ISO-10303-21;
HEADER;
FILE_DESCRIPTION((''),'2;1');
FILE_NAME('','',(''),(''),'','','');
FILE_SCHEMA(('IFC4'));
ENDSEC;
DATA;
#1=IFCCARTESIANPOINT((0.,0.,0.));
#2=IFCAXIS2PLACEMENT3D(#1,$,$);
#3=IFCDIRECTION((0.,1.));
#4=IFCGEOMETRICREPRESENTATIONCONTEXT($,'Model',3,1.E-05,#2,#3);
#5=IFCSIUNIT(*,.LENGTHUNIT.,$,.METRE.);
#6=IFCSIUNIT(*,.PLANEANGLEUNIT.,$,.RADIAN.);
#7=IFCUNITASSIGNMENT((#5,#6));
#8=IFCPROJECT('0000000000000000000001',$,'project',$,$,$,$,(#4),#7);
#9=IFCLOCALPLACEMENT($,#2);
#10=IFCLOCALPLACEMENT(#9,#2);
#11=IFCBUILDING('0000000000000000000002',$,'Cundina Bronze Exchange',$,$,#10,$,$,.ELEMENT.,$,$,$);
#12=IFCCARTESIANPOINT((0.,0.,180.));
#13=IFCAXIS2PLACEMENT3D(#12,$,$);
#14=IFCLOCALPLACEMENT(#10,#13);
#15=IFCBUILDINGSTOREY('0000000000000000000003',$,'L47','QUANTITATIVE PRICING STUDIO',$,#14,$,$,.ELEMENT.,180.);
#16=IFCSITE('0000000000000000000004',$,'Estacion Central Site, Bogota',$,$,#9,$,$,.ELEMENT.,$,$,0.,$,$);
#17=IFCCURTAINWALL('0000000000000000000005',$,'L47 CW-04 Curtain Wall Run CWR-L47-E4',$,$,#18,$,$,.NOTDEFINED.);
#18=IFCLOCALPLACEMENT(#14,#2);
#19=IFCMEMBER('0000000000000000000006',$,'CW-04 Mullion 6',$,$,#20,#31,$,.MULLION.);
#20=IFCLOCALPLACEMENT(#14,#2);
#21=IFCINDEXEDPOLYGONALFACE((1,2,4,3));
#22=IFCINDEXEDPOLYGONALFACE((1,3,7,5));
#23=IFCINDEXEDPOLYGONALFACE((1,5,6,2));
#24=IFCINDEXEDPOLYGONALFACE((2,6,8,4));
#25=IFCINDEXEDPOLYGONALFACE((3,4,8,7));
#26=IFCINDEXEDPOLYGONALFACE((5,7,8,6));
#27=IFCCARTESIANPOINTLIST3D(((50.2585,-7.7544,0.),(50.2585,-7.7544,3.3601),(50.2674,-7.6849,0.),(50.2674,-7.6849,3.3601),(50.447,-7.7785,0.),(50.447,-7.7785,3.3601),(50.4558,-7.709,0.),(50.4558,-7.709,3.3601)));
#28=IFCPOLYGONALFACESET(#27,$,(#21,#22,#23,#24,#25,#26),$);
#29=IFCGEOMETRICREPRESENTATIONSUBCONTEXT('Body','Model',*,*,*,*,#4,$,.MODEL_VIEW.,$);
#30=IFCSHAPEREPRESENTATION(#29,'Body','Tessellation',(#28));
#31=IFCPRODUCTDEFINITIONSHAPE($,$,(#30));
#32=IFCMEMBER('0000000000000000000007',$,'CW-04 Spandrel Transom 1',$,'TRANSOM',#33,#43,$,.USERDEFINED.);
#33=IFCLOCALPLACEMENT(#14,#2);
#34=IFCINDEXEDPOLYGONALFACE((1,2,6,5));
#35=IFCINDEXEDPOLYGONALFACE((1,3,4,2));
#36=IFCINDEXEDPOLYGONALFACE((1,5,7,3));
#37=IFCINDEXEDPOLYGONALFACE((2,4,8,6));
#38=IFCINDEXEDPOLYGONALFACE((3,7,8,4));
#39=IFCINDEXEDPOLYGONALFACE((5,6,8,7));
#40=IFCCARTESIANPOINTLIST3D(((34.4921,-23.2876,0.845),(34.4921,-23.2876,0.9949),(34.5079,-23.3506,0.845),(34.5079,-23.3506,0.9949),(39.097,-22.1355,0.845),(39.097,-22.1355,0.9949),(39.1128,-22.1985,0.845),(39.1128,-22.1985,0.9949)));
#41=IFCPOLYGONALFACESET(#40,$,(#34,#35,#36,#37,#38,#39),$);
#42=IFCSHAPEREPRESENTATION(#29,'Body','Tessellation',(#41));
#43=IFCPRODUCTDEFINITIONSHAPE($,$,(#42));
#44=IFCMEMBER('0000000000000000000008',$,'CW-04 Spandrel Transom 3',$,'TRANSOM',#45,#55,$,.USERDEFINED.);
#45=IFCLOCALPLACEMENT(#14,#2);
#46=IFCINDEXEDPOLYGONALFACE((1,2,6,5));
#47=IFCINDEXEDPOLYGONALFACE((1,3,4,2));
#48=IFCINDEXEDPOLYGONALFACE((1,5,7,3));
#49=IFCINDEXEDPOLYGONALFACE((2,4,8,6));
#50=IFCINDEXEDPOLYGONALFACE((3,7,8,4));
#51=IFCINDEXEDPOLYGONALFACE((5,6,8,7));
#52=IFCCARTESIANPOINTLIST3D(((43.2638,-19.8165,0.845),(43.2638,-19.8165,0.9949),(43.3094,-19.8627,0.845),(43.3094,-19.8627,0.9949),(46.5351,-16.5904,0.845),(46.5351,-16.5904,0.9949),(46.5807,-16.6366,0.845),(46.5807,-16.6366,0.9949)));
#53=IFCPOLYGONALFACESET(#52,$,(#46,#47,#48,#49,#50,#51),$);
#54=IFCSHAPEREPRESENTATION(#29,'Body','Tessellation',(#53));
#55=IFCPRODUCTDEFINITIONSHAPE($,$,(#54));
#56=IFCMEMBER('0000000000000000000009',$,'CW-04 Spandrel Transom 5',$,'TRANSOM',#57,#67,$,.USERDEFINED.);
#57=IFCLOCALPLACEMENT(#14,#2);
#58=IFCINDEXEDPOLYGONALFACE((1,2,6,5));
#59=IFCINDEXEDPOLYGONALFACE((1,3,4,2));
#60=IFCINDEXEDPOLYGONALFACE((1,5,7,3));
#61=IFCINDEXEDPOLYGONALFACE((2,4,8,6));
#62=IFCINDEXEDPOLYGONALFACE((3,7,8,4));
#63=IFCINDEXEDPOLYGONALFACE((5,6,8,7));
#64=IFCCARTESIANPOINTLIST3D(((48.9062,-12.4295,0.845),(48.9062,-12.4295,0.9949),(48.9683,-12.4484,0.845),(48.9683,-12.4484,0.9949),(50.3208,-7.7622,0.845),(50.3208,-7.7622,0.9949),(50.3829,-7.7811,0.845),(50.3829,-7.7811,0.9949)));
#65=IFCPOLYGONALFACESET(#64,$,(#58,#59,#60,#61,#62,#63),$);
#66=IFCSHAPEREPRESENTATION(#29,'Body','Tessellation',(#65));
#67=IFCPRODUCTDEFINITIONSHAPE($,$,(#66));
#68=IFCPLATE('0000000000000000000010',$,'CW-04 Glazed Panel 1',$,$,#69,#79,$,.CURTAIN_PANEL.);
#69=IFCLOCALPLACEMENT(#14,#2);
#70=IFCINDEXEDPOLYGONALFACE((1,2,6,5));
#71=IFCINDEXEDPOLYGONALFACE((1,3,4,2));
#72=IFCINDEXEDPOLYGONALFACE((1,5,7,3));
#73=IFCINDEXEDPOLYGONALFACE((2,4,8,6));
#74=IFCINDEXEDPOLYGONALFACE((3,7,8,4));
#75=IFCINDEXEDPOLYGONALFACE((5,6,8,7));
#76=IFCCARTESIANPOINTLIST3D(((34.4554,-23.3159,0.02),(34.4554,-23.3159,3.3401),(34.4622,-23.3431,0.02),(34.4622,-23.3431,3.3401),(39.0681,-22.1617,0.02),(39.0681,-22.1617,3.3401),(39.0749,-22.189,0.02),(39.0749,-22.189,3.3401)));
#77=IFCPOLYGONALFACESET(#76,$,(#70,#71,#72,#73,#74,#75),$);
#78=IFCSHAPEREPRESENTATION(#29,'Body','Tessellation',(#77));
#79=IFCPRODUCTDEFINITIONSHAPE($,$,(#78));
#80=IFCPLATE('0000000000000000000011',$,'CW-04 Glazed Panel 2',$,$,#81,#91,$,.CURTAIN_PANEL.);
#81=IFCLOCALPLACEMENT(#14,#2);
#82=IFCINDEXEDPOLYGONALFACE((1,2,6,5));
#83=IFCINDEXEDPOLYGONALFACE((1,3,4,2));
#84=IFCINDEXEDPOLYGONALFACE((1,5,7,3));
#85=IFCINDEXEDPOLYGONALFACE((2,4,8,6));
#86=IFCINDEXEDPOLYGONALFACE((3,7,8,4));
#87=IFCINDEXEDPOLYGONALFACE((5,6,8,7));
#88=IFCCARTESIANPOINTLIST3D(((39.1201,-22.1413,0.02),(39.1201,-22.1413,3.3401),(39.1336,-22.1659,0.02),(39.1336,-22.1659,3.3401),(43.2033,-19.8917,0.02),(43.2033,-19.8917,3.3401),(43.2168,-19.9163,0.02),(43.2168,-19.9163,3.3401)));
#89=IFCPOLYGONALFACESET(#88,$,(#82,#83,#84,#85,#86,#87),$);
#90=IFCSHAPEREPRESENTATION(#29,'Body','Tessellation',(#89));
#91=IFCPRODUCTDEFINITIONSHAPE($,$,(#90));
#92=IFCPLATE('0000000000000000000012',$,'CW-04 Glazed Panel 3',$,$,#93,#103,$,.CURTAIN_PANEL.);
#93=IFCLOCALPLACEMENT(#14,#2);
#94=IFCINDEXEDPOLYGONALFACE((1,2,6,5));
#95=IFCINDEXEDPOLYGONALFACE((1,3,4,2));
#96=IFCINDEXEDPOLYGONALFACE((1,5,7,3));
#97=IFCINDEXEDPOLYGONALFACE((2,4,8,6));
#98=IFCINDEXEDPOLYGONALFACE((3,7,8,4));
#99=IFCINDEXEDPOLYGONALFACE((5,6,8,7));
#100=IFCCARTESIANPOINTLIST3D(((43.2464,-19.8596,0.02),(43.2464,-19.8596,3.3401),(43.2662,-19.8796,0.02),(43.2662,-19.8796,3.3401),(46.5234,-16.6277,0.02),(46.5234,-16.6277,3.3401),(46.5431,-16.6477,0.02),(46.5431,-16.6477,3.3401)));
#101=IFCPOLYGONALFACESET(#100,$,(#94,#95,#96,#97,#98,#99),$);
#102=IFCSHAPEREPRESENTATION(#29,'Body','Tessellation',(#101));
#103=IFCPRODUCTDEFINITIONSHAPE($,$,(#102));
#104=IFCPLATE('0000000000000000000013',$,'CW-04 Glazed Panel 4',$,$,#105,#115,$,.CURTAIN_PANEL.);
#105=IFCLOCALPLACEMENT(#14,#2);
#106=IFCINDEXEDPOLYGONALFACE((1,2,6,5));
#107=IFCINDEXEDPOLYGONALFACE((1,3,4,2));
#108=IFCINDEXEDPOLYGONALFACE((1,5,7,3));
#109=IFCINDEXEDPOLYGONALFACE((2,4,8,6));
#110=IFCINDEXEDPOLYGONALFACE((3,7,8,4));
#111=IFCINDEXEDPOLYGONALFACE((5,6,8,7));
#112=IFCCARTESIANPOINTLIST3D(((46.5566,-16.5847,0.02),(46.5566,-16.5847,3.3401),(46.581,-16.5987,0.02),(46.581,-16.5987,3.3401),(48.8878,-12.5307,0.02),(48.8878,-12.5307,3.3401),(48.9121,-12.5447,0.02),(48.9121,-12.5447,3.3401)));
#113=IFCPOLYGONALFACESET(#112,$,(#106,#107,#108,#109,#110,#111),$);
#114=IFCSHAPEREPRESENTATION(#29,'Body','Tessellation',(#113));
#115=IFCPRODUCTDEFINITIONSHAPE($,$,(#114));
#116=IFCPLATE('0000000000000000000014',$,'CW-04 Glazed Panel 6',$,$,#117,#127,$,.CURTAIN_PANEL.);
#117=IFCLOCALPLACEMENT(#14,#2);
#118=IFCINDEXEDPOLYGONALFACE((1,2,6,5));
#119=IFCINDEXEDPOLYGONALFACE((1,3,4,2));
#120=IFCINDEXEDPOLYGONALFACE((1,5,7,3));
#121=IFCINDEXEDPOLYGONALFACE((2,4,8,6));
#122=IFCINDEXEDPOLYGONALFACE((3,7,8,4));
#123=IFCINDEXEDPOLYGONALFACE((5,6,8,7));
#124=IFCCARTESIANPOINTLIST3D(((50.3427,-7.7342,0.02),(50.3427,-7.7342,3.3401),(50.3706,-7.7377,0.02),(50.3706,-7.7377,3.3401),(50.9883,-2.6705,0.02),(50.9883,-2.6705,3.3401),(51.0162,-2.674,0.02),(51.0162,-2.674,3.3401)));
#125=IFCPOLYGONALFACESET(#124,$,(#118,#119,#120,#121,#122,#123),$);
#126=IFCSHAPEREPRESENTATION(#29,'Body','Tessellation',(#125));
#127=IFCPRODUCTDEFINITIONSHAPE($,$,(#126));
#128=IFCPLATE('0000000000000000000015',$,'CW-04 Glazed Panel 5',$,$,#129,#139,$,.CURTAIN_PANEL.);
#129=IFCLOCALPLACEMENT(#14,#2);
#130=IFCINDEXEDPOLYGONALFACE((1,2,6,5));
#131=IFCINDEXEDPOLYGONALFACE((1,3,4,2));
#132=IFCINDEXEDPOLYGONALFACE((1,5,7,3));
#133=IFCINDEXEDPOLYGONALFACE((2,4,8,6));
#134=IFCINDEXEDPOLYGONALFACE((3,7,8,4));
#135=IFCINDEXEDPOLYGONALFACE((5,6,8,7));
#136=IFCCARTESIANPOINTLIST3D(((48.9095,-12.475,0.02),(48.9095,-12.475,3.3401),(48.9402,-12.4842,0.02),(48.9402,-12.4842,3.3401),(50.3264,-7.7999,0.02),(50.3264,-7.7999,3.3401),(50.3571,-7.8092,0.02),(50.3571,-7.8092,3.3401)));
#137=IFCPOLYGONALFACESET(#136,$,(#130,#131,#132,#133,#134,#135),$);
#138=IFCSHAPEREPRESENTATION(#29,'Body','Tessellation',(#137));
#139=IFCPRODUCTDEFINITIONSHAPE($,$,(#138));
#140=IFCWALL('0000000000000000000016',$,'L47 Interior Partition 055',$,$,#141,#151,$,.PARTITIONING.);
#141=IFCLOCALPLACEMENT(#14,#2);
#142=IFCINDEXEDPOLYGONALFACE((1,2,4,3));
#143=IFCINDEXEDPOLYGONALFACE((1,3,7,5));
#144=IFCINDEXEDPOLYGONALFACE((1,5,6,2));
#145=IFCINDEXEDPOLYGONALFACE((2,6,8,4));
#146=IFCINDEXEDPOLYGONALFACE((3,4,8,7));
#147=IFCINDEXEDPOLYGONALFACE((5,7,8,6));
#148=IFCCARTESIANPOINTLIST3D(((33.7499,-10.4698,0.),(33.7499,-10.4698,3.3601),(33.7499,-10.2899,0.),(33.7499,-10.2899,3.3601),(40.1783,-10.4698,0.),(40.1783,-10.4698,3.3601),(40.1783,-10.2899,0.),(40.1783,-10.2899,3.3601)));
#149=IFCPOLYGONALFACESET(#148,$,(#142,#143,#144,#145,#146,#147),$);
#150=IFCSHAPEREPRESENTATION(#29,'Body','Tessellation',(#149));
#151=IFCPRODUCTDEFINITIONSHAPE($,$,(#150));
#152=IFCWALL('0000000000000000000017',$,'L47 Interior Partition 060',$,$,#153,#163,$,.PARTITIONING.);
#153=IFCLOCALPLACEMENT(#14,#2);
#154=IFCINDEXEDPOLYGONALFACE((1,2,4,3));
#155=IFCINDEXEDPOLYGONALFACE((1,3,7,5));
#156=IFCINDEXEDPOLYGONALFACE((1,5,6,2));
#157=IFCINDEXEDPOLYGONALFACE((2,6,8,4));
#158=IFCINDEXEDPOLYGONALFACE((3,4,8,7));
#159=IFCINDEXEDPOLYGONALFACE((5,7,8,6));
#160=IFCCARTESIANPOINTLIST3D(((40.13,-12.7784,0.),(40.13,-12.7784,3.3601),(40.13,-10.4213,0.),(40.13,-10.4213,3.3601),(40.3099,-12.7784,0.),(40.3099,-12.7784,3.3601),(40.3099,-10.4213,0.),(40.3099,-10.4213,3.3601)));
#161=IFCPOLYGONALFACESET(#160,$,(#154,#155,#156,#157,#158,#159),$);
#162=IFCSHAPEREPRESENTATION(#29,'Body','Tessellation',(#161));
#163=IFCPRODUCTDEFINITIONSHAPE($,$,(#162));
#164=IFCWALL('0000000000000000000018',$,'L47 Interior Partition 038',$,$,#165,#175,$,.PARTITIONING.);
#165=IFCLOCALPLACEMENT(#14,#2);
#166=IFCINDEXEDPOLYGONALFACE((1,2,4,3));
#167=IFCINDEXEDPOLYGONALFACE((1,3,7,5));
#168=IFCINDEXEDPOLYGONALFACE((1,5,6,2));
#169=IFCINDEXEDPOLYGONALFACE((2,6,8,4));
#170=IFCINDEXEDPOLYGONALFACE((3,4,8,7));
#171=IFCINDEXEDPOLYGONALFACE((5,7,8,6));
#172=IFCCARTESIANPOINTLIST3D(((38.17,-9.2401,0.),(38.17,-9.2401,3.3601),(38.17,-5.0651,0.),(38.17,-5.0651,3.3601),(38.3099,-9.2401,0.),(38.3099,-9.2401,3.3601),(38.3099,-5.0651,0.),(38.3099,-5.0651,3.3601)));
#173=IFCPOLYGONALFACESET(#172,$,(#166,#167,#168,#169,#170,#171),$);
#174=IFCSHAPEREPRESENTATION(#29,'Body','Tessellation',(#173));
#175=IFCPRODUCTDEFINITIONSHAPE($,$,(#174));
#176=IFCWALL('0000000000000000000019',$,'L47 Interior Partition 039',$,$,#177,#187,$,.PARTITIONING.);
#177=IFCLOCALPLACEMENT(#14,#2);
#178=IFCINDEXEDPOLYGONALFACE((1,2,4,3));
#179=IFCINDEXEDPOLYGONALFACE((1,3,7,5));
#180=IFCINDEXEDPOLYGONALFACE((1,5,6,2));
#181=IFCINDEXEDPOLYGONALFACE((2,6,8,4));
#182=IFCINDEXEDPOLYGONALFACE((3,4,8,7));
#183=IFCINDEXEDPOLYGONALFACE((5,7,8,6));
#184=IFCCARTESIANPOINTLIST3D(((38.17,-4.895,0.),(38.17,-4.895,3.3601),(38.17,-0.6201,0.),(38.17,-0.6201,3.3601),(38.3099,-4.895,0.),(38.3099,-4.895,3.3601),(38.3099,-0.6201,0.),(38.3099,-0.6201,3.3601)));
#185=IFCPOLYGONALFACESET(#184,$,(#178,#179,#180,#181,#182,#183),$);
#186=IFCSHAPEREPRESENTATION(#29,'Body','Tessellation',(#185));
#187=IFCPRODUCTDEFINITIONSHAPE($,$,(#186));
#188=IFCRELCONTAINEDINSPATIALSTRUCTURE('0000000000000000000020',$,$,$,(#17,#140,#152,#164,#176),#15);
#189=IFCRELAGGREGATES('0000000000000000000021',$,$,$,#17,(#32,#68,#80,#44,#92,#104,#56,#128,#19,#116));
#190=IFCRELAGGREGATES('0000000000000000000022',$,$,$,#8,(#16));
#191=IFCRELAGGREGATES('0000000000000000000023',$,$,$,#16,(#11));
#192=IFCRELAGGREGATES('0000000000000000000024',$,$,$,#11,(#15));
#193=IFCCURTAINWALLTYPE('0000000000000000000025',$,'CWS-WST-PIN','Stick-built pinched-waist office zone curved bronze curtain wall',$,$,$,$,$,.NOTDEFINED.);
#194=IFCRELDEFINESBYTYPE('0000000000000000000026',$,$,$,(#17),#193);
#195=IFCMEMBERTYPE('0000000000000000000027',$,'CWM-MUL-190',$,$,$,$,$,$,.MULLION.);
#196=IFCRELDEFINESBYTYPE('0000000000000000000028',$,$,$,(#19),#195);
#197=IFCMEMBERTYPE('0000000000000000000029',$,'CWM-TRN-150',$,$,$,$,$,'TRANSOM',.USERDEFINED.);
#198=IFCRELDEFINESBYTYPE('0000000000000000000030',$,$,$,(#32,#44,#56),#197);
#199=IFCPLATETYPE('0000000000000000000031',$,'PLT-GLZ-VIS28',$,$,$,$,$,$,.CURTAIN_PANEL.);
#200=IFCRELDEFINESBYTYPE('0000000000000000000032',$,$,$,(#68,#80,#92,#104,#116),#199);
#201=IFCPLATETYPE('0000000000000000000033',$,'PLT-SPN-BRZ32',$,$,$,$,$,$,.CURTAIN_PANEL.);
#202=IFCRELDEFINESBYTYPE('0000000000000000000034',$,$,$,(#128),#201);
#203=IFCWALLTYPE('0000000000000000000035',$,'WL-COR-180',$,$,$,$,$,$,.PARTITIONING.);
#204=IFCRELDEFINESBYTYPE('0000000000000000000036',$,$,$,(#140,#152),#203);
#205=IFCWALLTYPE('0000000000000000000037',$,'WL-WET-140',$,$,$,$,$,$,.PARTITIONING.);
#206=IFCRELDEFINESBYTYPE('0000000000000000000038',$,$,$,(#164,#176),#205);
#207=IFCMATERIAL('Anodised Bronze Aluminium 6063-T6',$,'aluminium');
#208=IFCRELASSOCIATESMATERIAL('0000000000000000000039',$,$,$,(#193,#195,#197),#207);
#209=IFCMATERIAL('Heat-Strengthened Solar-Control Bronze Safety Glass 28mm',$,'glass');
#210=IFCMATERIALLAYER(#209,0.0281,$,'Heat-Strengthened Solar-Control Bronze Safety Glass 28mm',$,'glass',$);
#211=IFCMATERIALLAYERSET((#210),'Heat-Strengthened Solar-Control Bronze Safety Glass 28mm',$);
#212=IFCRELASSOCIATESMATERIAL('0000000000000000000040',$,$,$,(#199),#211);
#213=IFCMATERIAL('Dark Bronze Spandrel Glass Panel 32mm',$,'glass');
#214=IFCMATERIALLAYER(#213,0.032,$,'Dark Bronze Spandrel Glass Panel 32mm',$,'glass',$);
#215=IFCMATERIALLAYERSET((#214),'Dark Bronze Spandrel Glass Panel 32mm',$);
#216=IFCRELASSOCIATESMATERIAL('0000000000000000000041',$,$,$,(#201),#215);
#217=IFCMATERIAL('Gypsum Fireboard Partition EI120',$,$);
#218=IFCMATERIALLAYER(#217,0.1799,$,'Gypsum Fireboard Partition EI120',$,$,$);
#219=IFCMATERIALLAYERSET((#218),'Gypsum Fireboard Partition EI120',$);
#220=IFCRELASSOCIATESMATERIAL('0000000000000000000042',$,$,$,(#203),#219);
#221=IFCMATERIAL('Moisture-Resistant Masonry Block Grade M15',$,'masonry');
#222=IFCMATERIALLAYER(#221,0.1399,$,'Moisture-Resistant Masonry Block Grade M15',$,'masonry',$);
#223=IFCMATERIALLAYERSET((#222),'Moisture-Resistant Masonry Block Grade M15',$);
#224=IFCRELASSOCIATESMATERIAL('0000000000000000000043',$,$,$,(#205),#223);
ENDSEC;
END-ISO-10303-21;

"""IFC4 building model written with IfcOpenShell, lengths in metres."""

from ifc_helpers import new_model, si_unit, direction, frame, frame_2d, origin, origin_2d, place, context, subcontext, project, spatial, rectangle, extrude, material, layer, layer_set, material_profile, profile_set, type_object, element, aggregate, save


model = new_model("IFC4")

# Units and contexts
model_context = context("Model", 3, precision=1e-05, world=origin(), true_north=direction((0.0, 1.0)))
body_context = subcontext(model_context, "Body", "Model", "MODEL_VIEW")
ifc_project = project(units=[si_unit("LENGTHUNIT", "METRE"), si_unit("PLANEANGLEUNIT", "RADIAN")], contexts=[model_context])

# Site, building, storey
site_placement = place(None, origin())
site = spatial("IfcSite", under=ifc_project, at=site_placement, Name="Estacion Central Site, Bogota", CompositionType="ELEMENT", RefElevation=0.0)
building_placement = place(site_placement, origin())
building = spatial("IfcBuilding", under=site, at=building_placement, Name="Cundina Bronze Exchange", CompositionType="ELEMENT")
storey_placement = place(building_placement, frame((0.0, 0.0, 180.0)))
storey = spatial("IfcBuildingStorey", under=building, at=storey_placement, Name="L47", Description="QUANTITATIVE PRICING STUDIO", CompositionType="ELEMENT", Elevation=180.0)

# Curtain wall, members, plates
ifc_material_1 = material(Name="Anodised Bronze Aluminium 6063-T6", Category="aluminium")
curtain_wall_type = type_object("IfcCurtainWallType", Name="CWS-WST-PIN", Description="Stick-built pinched-waist office zone curved bronze curtain wall", PredefinedType="NOTDEFINED", material=ifc_material_1)
curtain_wall_placement = place(storey_placement, origin())
curtain_wall = element("IfcCurtainWall", 1, at=curtain_wall_placement, inside=storey, type_object=curtain_wall_type, Name="L47 CW-04 Curtain Wall Run CWR-L47-E4", PredefinedType="NOTDEFINED")
ifc_material_profile_1 = material_profile(ifc_material_1, rectangle(XDim=0.0701, YDim=0.1899, at=origin_2d()), Name="AL70X190", Category="aluminium")
ifc_profile_set_1 = profile_set([ifc_material_profile_1], Name="Anodised Bronze Aluminium 6063-T6")
member_type_1 = type_object("IfcMemberType", Name="CWM-MUL-190", PredefinedType="MULLION", material=ifc_profile_set_1)
member_1_placement = place(storey_placement, frame((50.3572, -7.7317, 0.0), z_axis=(0.0, 0.0, 1.0), x_axis=(0.126545, 0.991961, 0.0)))
member_1 = element("IfcMember", 2, at=member_1_placement, type_object=member_type_1, Name="CW-04 Mullion 6", PredefinedType="MULLION", context=body_context, shape_type="SweptSolid", body=[
    extrude(rectangle(XDim=0.0701, YDim=0.1899, at=origin_2d()), origin(), (0.0, 0.0, 1.0), 3.3601),
])
ifc_material_profile_2 = material_profile(ifc_material_1, rectangle(XDim=0.0649, YDim=0.1499, at=origin_2d()), Name="AL65X150", Category="aluminium")
ifc_profile_set_2 = profile_set([ifc_material_profile_2], Name="Anodised Bronze Aluminium 6063-T6")
member_type_2 = type_object("IfcMemberType", Name="CWM-TRN-150", ElementType="TRANSOM", PredefinedType="USERDEFINED", material=ifc_profile_set_2)
member_2_placement = place(storey_placement, frame((34.5, -23.3191, 0.9199), z_axis=(0.9701, 0.242705, 0.0), x_axis=(-0.242705, 0.9701, 0.0)))
member_2 = element("IfcMember", 3, at=member_2_placement, type_object=member_type_2, Name="CW-04 Spandrel Transom 1", ObjectType="TRANSOM", PredefinedType="USERDEFINED", context=body_context, shape_type="SweptSolid", body=[
    extrude(rectangle(XDim=0.0649, YDim=0.1499, at=origin_2d()), origin(), (0.0, 0.0, 1.0), 4.7468),
])
member_3_placement = place(storey_placement, frame((43.2866, -19.8396, 0.9199), z_axis=(0.712005, 0.702174, 0.0), x_axis=(-0.702174, 0.712005, 0.0)))
member_3 = element("IfcMember", 4, at=member_3_placement, type_object=member_type_2, Name="CW-04 Spandrel Transom 3", ObjectType="TRANSOM", PredefinedType="USERDEFINED", context=body_context, shape_type="SweptSolid", body=[
    extrude(rectangle(XDim=0.0649, YDim=0.1499, at=origin_2d()), origin(), (0.0, 0.0, 1.0), 4.5945),
])
member_4_placement = place(storey_placement, frame((48.9373, -12.439, 0.9199), z_axis=(0.290052, 0.957011, 0.0), x_axis=(-0.957011, 0.290052, 0.0)))
member_4 = element("IfcMember", 5, at=member_4_placement, type_object=member_type_2, Name="CW-04 Spandrel Transom 5", ObjectType="TRANSOM", PredefinedType="USERDEFINED", context=body_context, shape_type="SweptSolid", body=[
    extrude(rectangle(XDim=0.0649, YDim=0.1499, at=origin_2d()), origin(), (0.0, 0.0, 1.0), 4.877),
])
ifc_material_2 = material(Name="Heat-Strengthened Solar-Control Bronze Safety Glass 28mm", Category="glass")
ifc_layer_1 = layer(ifc_material_2, 0.0281, Name="Heat-Strengthened Solar-Control Bronze Safety Glass 28mm", Category="glass")
ifc_layer_set_1 = layer_set([ifc_layer_1], Name="Heat-Strengthened Solar-Control Bronze Safety Glass 28mm")
plate_type_1 = type_object("IfcPlateType", Name="PLT-GLZ-VIS28", PredefinedType="CURTAIN_PANEL", material=ifc_layer_set_1)
plate_1_placement = place(storey_placement, frame((36.7651, -22.7524, 0.02), z_axis=(0.0, 0.0, 1.0), x_axis=(0.970093, 0.242735, 0.0)))
plate_1 = element("IfcPlate", 6, at=plate_1_placement, type_object=plate_type_1, Name="CW-04 Glazed Panel 1", PredefinedType="CURTAIN_PANEL", context=body_context, shape_type="SweptSolid", body=[
    extrude(rectangle(XDim=4.7549, YDim=0.0281, at=origin_2d()), origin(), (0.0, 0.0, 1.0), 3.3201),
])
plate_2_placement = place(storey_placement, frame((41.1685, -21.0288, 0.02), z_axis=(0.0, 0.0, 1.0), x_axis=(0.875869, 0.482549, 0.0)))
plate_2 = element("IfcPlate", 7, at=plate_2_placement, type_object=plate_type_1, Name="CW-04 Glazed Panel 2", PredefinedType="CURTAIN_PANEL", context=body_context, shape_type="SweptSolid", body=[
    extrude(rectangle(XDim=4.6619, YDim=0.0281, at=origin_2d()), origin(), (0.0, 0.0, 1.0), 3.3201),
])
plate_3_placement = place(storey_placement, frame((44.8948, -18.2537, 0.02), z_axis=(0.0, 0.0, 1.0), x_axis=(0.711989, 0.70219, 0.0)))
plate_3 = element("IfcPlate", 8, at=plate_3_placement, type_object=plate_type_1, Name="CW-04 Glazed Panel 3", PredefinedType="CURTAIN_PANEL", context=body_context, shape_type="SweptSolid", body=[
    extrude(rectangle(XDim=4.6025, YDim=0.0281, at=origin_2d()), origin(), (0.0, 0.0, 1.0), 3.3201),
])
plate_4_placement = place(storey_placement, frame((47.7344, -14.5647, 0.02), z_axis=(0.0, 0.0, 1.0), x_axis=(0.498488, 0.866897, 0.0)))
plate_4 = element("IfcPlate", 9, at=plate_4_placement, type_object=plate_type_1, Name="CW-04 Glazed Panel 4", PredefinedType="CURTAIN_PANEL", context=body_context, shape_type="SweptSolid", body=[
    extrude(rectangle(XDim=4.6765, YDim=0.0281, at=origin_2d()), origin(), (0.0, 0.0, 1.0), 3.3201),
])
plate_5_placement = place(storey_placement, frame((50.6794, -5.2041, 0.02), z_axis=(0.0, 0.0, 1.0), x_axis=(0.126476, 0.99197, 0.0)))
plate_5 = element("IfcPlate", 10, at=plate_5_placement, type_object=plate_type_1, Name="CW-04 Glazed Panel 6", PredefinedType="CURTAIN_PANEL", context=body_context, shape_type="SweptSolid", body=[
    extrude(rectangle(XDim=5.1047, YDim=0.0281, at=origin_2d()), origin(), (0.0, 0.0, 1.0), 3.3201),
])
ifc_material_3 = material(Name="Dark Bronze Spandrel Glass Panel 32mm", Category="glass")
ifc_layer_2 = layer(ifc_material_3, 0.032, Name="Dark Bronze Spandrel Glass Panel 32mm", Category="glass")
ifc_layer_set_2 = layer_set([ifc_layer_2], Name="Dark Bronze Spandrel Glass Panel 32mm")
plate_type_2 = type_object("IfcPlateType", Name="PLT-SPN-BRZ32", PredefinedType="CURTAIN_PANEL", material=ifc_layer_set_2)
plate_6_placement = place(storey_placement, frame((49.6333, -10.1421, 0.02), z_axis=(0.0, 0.0, 1.0), x_axis=(0.290051, 0.957011, 0.0)))
plate_6 = element("IfcPlate", 11, at=plate_6_placement, type_object=plate_type_2, Name="CW-04 Glazed Panel 5", PredefinedType="CURTAIN_PANEL", context=body_context, shape_type="SweptSolid", body=[
    extrude(rectangle(XDim=4.885, YDim=0.032, at=origin_2d()), origin(), (0.0, 0.0, 1.0), 3.3201),
])
aggregate(curtain_wall, [member_2, plate_1, plate_2, member_3, plate_3, plate_4, member_4, plate_6, member_1, plate_5])

# Walls
ifc_material_4 = material(Name="Gypsum Fireboard Partition EI120")
ifc_layer_3 = layer(ifc_material_4, 0.1799, Name="Gypsum Fireboard Partition EI120")
ifc_layer_set_3 = layer_set([ifc_layer_3], Name="Gypsum Fireboard Partition EI120")
wall_type_1 = type_object("IfcWallType", Name="WL-COR-180", PredefinedType="PARTITIONING", material=ifc_layer_set_3)
wall_1_placement = place(storey_placement, frame((40.1785, -10.3799, 0.0), z_axis=(0.0, 0.0, 1.0), x_axis=(-1.0, 0.0, 0.0)))
element("IfcWall", 12, at=wall_1_placement, inside=storey, type_object=wall_type_1, Name="L47 Interior Partition 055", PredefinedType="PARTITIONING", context=body_context, shape_type="SweptSolid", body=[
    extrude(rectangle(XDim=6.4285, YDim=0.1799, at=frame_2d((3.2144, 0.0))), origin(), (0.0, 0.0, 1.0), 3.3601),
])
wall_2_placement = place(storey_placement, frame((40.22, -12.7786, 0.0), z_axis=(0.0, 0.0, 1.0), x_axis=(0.0, 1.0, 0.0)))
element("IfcWall", 13, at=wall_2_placement, inside=storey, type_object=wall_type_1, Name="L47 Interior Partition 060", PredefinedType="PARTITIONING", context=body_context, shape_type="SweptSolid", body=[
    extrude(rectangle(XDim=2.3572, YDim=0.1799, at=frame_2d((1.1787, 0.0))), origin(), (0.0, 0.0, 1.0), 3.3601),
])
ifc_material_5 = material(Name="Moisture-Resistant Masonry Block Grade M15", Category="masonry")
ifc_layer_4 = layer(ifc_material_5, 0.1399, Name="Moisture-Resistant Masonry Block Grade M15", Category="masonry")
ifc_layer_set_4 = layer_set([ifc_layer_4], Name="Moisture-Resistant Masonry Block Grade M15")
wall_type_2 = type_object("IfcWallType", Name="WL-WET-140", PredefinedType="PARTITIONING", material=ifc_layer_set_4)
wall_3_placement = place(storey_placement, frame((38.24, -9.24, 0.0), z_axis=(0.0, 0.0, 1.0), x_axis=(0.0, 1.0, 0.0)))
element("IfcWall", 14, at=wall_3_placement, inside=storey, type_object=wall_type_2, Name="L47 Interior Partition 038", PredefinedType="PARTITIONING", context=body_context, shape_type="SweptSolid", body=[
    extrude(rectangle(XDim=4.175, YDim=0.1399, at=frame_2d((2.0874, 0.0))), origin(), (0.0, 0.0, 1.0), 3.3601),
])
wall_4_placement = place(storey_placement, frame((38.24, -4.895, 0.0), z_axis=(0.0, 0.0, 1.0), x_axis=(0.0, 1.0, 0.0)))
element("IfcWall", 15, at=wall_4_placement, inside=storey, type_object=wall_type_2, Name="L47 Interior Partition 039", PredefinedType="PARTITIONING", context=body_context, shape_type="SweptSolid", body=[
    extrude(rectangle(XDim=4.2749, YDim=0.1399, at=frame_2d((2.1375, 0.0))), origin(), (0.0, 0.0, 1.0), 3.3601),
])

save(model, "model.ifc")
